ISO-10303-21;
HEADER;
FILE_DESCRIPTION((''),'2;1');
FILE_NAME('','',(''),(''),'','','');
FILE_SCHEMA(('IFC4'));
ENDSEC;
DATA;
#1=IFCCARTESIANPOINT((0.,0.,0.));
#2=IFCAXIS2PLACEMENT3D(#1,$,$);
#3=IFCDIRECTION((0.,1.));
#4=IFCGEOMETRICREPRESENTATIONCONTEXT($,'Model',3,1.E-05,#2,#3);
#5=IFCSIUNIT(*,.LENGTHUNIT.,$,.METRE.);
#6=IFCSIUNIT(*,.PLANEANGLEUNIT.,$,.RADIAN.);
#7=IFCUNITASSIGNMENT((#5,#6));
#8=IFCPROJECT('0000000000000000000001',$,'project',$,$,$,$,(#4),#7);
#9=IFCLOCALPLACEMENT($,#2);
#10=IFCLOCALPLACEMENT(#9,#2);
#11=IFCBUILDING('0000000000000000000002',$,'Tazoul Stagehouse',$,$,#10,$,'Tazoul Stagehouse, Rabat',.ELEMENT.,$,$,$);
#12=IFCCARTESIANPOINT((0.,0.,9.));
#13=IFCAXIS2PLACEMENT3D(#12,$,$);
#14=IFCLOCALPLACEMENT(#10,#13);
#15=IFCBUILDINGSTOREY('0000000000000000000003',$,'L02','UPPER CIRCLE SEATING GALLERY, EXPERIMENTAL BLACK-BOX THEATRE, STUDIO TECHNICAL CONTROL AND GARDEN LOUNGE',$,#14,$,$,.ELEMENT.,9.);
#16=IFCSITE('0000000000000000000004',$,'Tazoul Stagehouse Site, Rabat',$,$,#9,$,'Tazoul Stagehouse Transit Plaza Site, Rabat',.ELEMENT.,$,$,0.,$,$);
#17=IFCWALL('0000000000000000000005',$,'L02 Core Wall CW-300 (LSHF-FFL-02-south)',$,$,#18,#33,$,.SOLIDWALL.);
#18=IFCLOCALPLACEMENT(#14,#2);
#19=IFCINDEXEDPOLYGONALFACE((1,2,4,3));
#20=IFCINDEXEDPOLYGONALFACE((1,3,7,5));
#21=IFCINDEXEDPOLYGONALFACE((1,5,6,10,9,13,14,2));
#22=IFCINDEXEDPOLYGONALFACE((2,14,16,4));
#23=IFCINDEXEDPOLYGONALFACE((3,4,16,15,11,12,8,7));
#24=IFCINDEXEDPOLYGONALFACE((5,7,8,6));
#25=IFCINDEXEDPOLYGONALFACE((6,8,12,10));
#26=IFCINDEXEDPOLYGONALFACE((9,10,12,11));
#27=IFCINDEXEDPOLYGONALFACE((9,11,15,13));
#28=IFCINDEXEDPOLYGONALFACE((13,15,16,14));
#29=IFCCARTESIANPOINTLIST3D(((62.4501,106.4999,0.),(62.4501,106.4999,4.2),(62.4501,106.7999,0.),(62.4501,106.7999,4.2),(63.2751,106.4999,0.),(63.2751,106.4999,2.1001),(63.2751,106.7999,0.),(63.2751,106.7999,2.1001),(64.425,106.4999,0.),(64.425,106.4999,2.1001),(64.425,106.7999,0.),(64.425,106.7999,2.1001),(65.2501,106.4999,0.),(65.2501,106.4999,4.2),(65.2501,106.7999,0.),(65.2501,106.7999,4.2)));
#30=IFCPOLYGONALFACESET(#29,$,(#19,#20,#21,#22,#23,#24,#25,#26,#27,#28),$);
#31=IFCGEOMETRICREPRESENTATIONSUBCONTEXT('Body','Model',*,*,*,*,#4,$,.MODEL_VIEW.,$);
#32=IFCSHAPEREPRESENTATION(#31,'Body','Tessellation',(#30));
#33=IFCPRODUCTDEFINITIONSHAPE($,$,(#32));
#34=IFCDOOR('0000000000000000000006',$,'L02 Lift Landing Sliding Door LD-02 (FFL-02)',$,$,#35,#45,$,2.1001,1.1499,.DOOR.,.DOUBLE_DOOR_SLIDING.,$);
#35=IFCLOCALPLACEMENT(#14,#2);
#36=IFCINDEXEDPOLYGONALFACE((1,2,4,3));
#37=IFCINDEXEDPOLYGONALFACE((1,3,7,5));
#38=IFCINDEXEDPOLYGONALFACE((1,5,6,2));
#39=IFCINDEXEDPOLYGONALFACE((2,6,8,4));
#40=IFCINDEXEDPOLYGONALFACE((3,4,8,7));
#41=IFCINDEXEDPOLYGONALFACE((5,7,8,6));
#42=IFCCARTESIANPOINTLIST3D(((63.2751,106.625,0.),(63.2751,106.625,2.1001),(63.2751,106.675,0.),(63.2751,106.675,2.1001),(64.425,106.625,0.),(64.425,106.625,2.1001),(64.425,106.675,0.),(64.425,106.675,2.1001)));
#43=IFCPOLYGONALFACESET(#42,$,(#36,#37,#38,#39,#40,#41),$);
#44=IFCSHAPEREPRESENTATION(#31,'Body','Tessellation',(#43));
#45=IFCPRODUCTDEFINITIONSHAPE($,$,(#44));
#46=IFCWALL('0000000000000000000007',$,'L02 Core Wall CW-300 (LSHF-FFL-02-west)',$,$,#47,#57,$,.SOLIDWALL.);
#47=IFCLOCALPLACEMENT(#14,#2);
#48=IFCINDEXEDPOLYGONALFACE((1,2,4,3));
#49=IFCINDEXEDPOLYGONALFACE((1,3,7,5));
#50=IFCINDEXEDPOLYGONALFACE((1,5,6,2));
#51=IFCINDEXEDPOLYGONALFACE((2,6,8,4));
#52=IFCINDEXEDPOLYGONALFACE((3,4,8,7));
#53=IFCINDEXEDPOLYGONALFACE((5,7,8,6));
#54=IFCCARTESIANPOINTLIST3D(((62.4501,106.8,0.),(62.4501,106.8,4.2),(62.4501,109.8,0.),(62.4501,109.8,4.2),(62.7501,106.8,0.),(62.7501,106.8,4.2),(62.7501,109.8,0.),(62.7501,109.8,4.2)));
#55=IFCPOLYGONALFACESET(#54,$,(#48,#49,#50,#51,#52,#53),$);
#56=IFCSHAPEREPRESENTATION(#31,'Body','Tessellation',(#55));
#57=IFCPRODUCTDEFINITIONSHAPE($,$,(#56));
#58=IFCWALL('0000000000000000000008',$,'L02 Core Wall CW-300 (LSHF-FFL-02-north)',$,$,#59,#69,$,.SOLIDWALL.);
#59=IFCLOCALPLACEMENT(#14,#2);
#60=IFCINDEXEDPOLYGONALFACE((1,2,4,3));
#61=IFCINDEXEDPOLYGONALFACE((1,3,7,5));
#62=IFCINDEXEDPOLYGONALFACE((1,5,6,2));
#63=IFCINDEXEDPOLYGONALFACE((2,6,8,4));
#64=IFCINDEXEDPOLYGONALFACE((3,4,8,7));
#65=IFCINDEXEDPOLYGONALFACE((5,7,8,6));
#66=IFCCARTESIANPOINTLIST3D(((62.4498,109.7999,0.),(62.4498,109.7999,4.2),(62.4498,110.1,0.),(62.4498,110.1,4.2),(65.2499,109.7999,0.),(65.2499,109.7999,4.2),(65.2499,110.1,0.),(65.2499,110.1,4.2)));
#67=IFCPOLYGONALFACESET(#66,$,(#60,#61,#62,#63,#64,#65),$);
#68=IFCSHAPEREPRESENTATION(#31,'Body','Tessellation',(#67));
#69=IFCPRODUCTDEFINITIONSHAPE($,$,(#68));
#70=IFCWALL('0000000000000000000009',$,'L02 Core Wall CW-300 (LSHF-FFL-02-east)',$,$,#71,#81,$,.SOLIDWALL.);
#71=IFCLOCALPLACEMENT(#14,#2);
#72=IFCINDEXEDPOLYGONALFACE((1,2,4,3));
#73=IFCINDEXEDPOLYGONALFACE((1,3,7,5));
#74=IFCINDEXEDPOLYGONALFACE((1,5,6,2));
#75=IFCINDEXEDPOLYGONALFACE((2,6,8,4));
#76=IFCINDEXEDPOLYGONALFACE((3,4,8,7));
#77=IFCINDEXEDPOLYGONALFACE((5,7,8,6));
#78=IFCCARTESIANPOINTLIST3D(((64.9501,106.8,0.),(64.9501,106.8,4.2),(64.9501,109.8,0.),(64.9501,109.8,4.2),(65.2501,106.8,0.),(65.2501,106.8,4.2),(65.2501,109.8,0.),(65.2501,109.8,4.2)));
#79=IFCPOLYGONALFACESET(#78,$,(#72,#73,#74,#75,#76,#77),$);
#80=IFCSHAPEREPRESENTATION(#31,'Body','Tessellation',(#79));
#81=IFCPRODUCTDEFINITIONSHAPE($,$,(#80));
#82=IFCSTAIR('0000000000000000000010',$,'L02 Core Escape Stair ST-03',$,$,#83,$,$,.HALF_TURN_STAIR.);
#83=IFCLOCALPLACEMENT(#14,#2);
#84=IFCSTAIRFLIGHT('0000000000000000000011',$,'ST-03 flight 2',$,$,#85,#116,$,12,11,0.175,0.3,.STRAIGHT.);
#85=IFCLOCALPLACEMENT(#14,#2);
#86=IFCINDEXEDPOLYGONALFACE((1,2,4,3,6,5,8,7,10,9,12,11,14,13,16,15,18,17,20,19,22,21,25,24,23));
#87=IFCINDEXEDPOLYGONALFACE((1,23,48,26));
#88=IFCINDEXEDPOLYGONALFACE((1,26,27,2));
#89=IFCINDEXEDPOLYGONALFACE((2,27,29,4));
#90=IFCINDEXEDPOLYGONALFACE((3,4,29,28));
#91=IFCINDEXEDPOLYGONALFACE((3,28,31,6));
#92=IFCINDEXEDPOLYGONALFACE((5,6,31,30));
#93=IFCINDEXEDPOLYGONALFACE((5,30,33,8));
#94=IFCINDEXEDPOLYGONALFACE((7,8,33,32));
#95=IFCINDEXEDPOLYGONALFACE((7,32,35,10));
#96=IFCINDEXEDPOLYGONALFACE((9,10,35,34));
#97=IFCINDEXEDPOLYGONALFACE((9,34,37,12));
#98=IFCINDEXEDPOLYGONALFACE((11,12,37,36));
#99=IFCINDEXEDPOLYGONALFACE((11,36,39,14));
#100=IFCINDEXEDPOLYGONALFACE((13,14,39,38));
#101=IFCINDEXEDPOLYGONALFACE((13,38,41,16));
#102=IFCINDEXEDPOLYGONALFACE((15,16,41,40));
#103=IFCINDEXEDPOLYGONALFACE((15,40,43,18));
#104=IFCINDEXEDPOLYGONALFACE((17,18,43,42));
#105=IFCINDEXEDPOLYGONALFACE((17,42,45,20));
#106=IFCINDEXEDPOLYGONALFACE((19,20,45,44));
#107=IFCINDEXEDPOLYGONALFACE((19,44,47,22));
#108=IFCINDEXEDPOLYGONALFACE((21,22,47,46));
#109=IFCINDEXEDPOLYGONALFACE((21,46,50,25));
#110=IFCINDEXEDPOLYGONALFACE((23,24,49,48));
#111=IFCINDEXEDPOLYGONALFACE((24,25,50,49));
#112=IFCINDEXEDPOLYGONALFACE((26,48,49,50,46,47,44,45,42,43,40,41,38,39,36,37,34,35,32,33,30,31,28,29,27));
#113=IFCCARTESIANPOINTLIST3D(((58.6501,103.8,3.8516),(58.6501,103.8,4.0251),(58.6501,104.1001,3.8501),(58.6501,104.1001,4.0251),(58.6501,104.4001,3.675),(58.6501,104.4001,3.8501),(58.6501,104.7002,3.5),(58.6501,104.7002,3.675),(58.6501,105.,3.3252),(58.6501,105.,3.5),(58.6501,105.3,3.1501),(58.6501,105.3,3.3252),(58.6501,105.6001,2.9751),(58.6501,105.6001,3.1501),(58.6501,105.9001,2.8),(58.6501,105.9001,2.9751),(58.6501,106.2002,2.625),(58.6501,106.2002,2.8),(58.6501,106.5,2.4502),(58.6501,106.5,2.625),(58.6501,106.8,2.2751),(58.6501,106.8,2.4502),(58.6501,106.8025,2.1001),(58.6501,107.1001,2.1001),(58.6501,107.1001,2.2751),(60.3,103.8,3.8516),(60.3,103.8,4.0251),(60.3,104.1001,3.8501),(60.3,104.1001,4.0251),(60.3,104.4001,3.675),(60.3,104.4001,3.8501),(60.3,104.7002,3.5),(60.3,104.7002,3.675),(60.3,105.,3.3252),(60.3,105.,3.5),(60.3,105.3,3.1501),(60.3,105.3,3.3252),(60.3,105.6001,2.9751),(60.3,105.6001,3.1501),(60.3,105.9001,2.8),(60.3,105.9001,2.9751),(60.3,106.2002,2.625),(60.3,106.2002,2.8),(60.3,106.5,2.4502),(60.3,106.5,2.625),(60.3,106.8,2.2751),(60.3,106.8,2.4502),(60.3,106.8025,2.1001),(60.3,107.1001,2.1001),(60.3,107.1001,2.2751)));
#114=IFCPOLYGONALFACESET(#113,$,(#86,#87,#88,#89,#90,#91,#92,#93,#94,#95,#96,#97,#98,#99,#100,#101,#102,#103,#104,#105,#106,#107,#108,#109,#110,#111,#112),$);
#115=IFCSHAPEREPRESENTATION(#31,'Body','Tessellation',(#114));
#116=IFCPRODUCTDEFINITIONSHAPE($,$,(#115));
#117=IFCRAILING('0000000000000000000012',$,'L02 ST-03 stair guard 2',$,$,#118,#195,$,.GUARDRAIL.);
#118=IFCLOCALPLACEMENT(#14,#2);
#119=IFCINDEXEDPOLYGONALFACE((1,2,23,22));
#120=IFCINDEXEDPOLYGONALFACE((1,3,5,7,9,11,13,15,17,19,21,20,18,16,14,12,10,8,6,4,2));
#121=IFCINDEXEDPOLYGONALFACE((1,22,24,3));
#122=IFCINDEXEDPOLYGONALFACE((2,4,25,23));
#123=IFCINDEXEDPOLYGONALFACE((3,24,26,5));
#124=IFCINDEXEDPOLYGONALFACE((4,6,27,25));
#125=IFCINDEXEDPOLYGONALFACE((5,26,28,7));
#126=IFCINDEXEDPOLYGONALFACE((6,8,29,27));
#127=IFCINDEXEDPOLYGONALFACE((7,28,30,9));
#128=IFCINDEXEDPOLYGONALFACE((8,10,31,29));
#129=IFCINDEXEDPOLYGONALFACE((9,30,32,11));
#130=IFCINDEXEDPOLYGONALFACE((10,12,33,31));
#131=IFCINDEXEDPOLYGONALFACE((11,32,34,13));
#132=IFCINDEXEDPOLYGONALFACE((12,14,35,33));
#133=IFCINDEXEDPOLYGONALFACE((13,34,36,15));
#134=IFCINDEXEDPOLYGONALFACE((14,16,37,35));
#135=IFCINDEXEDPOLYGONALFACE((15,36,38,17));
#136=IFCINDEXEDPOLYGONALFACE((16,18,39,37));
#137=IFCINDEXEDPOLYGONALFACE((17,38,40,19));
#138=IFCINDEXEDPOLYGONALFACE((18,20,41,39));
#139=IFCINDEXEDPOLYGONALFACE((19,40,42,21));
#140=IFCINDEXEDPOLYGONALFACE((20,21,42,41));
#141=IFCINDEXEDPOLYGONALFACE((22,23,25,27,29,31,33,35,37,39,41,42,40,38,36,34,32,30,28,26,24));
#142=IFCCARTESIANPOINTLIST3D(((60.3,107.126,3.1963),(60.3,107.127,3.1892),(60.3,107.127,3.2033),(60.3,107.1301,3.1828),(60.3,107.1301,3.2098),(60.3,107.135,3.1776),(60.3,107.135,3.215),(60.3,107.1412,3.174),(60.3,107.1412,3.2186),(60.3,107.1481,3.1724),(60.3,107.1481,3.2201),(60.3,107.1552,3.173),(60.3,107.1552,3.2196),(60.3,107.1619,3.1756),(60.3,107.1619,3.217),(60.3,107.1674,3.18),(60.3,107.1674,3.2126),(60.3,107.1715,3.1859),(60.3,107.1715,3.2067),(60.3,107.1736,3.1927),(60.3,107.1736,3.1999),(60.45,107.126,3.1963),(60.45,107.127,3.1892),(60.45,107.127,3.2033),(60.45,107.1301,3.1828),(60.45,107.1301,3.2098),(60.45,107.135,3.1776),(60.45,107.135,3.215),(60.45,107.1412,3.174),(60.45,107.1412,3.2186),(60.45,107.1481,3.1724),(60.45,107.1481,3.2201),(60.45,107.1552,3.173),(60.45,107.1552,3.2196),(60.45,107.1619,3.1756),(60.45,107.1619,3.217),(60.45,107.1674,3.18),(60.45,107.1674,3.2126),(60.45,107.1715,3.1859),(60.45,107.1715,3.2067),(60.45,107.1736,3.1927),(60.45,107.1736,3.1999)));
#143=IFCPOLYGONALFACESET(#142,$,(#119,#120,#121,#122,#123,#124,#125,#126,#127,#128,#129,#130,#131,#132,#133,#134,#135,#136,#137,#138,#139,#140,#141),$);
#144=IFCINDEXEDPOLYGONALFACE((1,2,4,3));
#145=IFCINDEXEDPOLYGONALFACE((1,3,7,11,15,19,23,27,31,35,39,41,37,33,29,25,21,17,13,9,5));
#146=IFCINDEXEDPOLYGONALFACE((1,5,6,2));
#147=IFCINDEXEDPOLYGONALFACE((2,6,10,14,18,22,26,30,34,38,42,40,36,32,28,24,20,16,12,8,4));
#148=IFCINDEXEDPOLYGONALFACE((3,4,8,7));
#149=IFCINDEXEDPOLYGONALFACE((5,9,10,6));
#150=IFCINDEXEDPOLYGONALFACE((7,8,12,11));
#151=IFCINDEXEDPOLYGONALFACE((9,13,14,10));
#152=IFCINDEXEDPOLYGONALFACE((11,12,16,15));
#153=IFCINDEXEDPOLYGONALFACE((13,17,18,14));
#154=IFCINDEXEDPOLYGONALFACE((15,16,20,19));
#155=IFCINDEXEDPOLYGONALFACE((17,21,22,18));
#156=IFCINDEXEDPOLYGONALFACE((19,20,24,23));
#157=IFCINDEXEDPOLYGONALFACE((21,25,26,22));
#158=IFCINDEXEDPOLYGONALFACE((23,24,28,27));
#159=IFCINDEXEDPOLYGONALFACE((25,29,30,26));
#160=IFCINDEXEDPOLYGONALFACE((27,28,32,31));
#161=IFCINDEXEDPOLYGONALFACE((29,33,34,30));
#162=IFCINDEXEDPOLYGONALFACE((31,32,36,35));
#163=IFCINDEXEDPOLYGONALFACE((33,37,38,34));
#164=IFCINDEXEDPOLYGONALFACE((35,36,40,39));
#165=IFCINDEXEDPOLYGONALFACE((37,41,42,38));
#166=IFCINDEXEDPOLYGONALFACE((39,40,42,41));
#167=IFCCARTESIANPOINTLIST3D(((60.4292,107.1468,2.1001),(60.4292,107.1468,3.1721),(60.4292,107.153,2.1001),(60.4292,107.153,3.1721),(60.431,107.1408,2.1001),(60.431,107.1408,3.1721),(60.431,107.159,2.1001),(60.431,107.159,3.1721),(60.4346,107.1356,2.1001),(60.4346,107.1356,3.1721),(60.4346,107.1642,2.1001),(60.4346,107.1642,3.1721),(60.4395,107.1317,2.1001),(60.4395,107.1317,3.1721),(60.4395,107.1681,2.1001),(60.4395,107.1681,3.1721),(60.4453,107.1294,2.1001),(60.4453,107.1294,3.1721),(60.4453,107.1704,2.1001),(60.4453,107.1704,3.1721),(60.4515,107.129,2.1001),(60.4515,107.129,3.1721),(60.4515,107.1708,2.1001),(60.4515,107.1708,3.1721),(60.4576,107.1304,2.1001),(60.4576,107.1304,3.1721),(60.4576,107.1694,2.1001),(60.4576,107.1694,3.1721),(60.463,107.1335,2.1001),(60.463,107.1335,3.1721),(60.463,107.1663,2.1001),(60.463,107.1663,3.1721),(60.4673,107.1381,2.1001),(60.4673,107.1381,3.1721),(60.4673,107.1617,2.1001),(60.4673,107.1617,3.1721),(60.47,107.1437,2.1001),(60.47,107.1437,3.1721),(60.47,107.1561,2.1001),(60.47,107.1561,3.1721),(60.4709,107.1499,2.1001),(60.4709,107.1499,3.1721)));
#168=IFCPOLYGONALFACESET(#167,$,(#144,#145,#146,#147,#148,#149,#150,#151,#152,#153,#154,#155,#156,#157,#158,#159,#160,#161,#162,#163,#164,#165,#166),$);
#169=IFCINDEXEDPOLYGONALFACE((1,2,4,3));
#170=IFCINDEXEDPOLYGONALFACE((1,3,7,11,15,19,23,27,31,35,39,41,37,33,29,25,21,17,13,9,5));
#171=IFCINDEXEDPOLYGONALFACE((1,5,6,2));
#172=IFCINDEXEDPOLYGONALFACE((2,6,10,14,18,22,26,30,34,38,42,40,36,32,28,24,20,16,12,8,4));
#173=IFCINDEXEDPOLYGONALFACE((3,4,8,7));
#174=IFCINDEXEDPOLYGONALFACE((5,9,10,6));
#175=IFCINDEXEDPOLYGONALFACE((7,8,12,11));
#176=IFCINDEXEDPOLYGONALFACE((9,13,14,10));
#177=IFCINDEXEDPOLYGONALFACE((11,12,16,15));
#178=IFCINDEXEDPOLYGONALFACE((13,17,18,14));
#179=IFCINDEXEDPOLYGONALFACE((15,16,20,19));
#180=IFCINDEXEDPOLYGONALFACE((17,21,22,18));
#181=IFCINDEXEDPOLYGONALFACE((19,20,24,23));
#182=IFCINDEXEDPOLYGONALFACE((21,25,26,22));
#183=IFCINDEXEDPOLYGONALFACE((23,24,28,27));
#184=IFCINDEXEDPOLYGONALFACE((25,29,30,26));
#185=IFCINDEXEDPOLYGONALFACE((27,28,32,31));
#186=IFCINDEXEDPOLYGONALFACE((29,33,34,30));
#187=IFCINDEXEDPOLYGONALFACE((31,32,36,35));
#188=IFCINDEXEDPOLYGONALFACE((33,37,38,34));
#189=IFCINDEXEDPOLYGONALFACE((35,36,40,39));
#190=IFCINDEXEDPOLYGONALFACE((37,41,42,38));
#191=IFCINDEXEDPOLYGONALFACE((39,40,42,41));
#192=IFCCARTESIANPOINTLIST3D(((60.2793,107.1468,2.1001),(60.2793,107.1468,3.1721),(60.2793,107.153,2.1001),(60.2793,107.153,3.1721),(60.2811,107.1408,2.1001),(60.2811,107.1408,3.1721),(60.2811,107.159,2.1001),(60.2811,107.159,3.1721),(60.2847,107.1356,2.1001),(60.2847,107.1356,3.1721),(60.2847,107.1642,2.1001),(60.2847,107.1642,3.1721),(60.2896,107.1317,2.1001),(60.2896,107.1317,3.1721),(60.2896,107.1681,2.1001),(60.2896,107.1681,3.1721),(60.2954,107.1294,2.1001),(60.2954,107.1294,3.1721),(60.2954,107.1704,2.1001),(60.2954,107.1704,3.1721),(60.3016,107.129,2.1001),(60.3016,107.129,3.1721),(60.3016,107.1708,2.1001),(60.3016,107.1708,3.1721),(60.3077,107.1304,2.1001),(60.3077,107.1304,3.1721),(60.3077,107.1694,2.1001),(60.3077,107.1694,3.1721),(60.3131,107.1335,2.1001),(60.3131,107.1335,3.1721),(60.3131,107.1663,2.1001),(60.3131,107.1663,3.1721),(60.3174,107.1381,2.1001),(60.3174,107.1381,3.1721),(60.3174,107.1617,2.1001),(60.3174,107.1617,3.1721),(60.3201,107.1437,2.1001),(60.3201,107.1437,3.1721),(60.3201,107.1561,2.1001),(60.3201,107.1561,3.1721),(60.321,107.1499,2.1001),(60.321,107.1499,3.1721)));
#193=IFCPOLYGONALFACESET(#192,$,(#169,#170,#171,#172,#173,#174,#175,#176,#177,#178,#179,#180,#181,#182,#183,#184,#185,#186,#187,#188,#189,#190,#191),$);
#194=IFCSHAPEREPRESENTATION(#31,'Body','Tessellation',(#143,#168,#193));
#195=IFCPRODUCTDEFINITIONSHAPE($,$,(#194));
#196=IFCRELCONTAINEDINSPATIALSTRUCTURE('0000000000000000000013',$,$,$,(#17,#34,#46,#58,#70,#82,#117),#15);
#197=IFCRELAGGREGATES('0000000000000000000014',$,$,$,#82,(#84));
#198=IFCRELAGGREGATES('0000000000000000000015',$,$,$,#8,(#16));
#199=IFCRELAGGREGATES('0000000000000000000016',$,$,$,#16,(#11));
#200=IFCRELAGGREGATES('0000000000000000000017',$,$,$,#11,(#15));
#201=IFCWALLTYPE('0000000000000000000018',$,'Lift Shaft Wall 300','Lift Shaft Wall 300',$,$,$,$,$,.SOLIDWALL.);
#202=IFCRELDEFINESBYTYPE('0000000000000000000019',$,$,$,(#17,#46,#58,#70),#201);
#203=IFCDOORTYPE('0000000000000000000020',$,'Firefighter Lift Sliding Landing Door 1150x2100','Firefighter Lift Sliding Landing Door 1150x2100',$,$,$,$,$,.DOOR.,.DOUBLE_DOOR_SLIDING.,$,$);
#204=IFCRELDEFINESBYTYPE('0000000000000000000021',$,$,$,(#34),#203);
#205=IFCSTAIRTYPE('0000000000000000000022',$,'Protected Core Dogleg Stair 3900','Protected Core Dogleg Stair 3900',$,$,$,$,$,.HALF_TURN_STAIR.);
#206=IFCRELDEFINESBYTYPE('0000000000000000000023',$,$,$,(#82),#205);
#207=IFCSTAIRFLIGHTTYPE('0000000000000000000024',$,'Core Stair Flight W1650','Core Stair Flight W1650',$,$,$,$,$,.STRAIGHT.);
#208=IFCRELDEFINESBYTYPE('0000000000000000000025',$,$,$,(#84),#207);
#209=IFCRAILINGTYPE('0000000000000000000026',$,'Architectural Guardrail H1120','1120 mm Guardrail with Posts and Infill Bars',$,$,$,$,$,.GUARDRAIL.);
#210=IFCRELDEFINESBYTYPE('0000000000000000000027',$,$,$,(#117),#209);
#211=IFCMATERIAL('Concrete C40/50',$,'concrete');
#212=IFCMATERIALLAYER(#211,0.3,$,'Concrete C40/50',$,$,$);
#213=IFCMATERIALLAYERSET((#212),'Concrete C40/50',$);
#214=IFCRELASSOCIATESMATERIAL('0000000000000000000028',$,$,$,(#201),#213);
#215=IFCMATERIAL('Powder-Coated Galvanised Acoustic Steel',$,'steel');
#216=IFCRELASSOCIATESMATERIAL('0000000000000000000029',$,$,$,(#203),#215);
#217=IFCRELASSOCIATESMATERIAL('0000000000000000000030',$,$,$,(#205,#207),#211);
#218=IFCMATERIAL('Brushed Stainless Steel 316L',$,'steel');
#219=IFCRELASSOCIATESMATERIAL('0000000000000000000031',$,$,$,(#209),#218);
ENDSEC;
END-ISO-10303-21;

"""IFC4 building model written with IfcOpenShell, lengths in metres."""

from ifc_helpers import new_model, si_unit, direction, frame, frame_2d, origin, origin_2d, place, context, subcontext, project, spatial, polyline, rectangle, circle, outline, extrude, material, layer, layer_set, material_profile, profile_set, type_object, element, fill, aggregate, save


model = new_model("IFC4")

# Units and contexts
model_context = context("Model", 3, precision=1e-05, world=origin(), true_north=direction((0.0, 1.0)))
body_context = subcontext(model_context, "Body", "Model", "MODEL_VIEW")
ifc_project = project(units=[si_unit("LENGTHUNIT", "METRE"), si_unit("PLANEANGLEUNIT", "RADIAN")], contexts=[model_context])

# Site, building, storey
site_placement = place(None, origin())
site = spatial("IfcSite", under=ifc_project, at=site_placement, Name="Tazoul Stagehouse Site, Rabat", LongName="Tazoul Stagehouse Transit Plaza Site, Rabat", CompositionType="ELEMENT", RefElevation=0.0)
building_placement = place(site_placement, origin())
building = spatial("IfcBuilding", under=site, at=building_placement, Name="Tazoul Stagehouse", LongName="Tazoul Stagehouse, Rabat", CompositionType="ELEMENT")
storey_placement = place(building_placement, frame((0.0, 0.0, 9.0)))
storey = spatial("IfcBuildingStorey", under=building, at=storey_placement, Name="L02", Description="UPPER CIRCLE SEATING GALLERY, EXPERIMENTAL BLACK-BOX THEATRE, STUDIO TECHNICAL CONTROL AND GARDEN LOUNGE", CompositionType="ELEMENT", Elevation=9.0)

# Shared definitions
ifc_material_1 = material(Name="Concrete C40/50", Category="concrete")

# Shared definitions
ifc_material_2 = material(Name="Powder-Coated Galvanised Acoustic Steel", Category="steel")

# Wall, opening, door
ifc_layer_1 = layer(ifc_material_1, 0.3, Name="Concrete C40/50")
ifc_layer_set_1 = layer_set([ifc_layer_1], Name="Concrete C40/50")
wall_type_1 = type_object("IfcWallType", Name="Lift Shaft Wall 300", Description="Lift Shaft Wall 300", PredefinedType="SOLIDWALL", material=ifc_layer_set_1)
wall_1_placement = place(storey_placement, frame((65.25, 106.6499, 0.0), z_axis=(0.0, 0.0, 1.0), x_axis=(-1.0, 0.0, 0.0)))
wall_1 = element("IfcWall", 1, at=wall_1_placement, inside=storey, type_object=wall_type_1, Name="L02 Core Wall CW-300 (LSHF-FFL-02-south)", PredefinedType="SOLIDWALL", context=body_context, shape_type="SweptSolid", body=[
    extrude(rectangle(XDim=2.8, YDim=0.3, at=frame_2d((1.3999, 0.0))), origin(), (0.0, 0.0, 1.0), 4.2),
])
opening_1_placement = place(wall_1_placement, frame((0.825, 0.0, 0.0)))
opening_1 = element("IfcOpeningElement", 2, at=opening_1_placement, cuts=wall_1, PredefinedType="OPENING", context=body_context, shape_type="SweptSolid", body=[
    extrude(rectangle(XDim=1.1499, YDim=2.1001, at=frame_2d((0.575, 1.05))), frame((0.0, 0.1699, 0.0), z_axis=(0.0, -1.0, 0.0), x_axis=(1.0, 0.0, 0.0)), (0.0, 0.0, 1.0), 0.3401),
])
door_type_1 = type_object("IfcDoorType", Name="Firefighter Lift Sliding Landing Door 1150x2100", Description="Firefighter Lift Sliding Landing Door 1150x2100", OperationType="DOUBLE_DOOR_SLIDING", PredefinedType="DOOR", material=ifc_material_2)
door_1_placement = place(opening_1_placement, origin())
door_1 = element("IfcDoor", 3, at=door_1_placement, inside=storey, type_object=door_type_1, Name="L02 Lift Landing Sliding Door LD-02 (FFL-02)", OperationType="DOUBLE_DOOR_SLIDING", OverallHeight=2.1001, OverallWidth=1.1499, PredefinedType="DOOR", context=body_context, shape_type="SweptSolid", body=[
    extrude(rectangle(XDim=1.1499, YDim=2.1001, at=frame_2d((0.575, 1.05))), frame((0.0, 0.0249, 0.0), z_axis=(0.0, -1.0, 0.0), x_axis=(1.0, 0.0, 0.0)), (0.0, 0.0, 1.0), 0.05),
])
fill(opening_1, door_1)

# Walls
wall_2_placement = place(storey_placement, frame((62.6001, 106.8, 0.0), z_axis=(0.0, 0.0, 1.0), x_axis=(0.0, 1.0, 0.0)))
element("IfcWall", 4, at=wall_2_placement, inside=storey, type_object=wall_type_1, Name="L02 Core Wall CW-300 (LSHF-FFL-02-west)", PredefinedType="SOLIDWALL", context=body_context, shape_type="SweptSolid", body=[
    extrude(rectangle(XDim=3.0, YDim=0.3, at=frame_2d((1.5, 0.0))), origin(), (0.0, 0.0, 1.0), 4.2),
])
wall_3_placement = place(storey_placement, frame((62.45, 109.95, 0.0), z_axis=(0.0, 0.0, 1.0), x_axis=(1.0, 0.0, 0.0)))
element("IfcWall", 5, at=wall_3_placement, inside=storey, type_object=wall_type_1, Name="L02 Core Wall CW-300 (LSHF-FFL-02-north)", PredefinedType="SOLIDWALL", context=body_context, shape_type="SweptSolid", body=[
    extrude(rectangle(XDim=2.8, YDim=0.3, at=frame_2d((1.3999, 0.0))), origin(), (0.0, 0.0, 1.0), 4.2),
])
wall_4_placement = place(storey_placement, frame((65.1001, 109.8, 0.0), z_axis=(0.0, 0.0, 1.0), x_axis=(0.0, -1.0, 0.0)))
element("IfcWall", 6, at=wall_4_placement, inside=storey, type_object=wall_type_1, Name="L02 Core Wall CW-300 (LSHF-FFL-02-east)", PredefinedType="SOLIDWALL", context=body_context, shape_type="SweptSolid", body=[
    extrude(rectangle(XDim=3.0, YDim=0.3, at=frame_2d((1.5, 0.0))), origin(), (0.0, 0.0, 1.0), 4.2),
])

# Stair, stair flight
stair_type = type_object("IfcStairType", Name="Protected Core Dogleg Stair 3900", Description="Protected Core Dogleg Stair 3900", PredefinedType="HALF_TURN_STAIR", material=ifc_material_1)
stair_placement = place(storey_placement, origin())
stair = element("IfcStair", 7, at=stair_placement, inside=storey, type_object=stair_type, Name="L02 Core Escape Stair ST-03", PredefinedType="HALF_TURN_STAIR")
stair_flight_type = type_object("IfcStairFlightType", Name="Core Stair Flight W1650", Description="Core Stair Flight W1650", PredefinedType="STRAIGHT", material=ifc_material_1)
stair_flight_placement = place(storey_placement, frame((59.4751, 107.1001, 2.1001), z_axis=(0.0, 0.0, 1.0), x_axis=(0.0, -1.0, 0.0)))
stair_flight = element("IfcStairFlight", 8, at=stair_flight_placement, type_object=stair_flight_type, Name="ST-03 flight 2", NumberOfRisers=12, NumberOfTreads=11, PredefinedType="STRAIGHT", RiserHeight=0.175, TreadLength=0.3, context=body_context, shape_type="SweptSolid", body=[
    extrude(outline(polyline([(0.0, 0.0), (0.0, 0.175), (0.3, 0.175), (0.3, 0.3501), (0.6001, 0.3501), (0.6001, 0.5249), (0.8999, 0.5249), (0.8999, 0.7), (1.2, 0.7), (1.2, 0.875), (1.5, 0.875), (1.5, 1.05), (1.8, 1.05), (1.8, 1.2251), (2.1001, 1.2251), (2.1001, 1.3999), (2.3999, 1.3999), (2.3999, 1.575), (2.7, 1.575), (2.7, 1.75), (3.0, 1.75), (3.0, 1.925), (3.3, 1.925), (3.3, 2.1001), (3.3, 1.7515), (0.2976, 0.0), (0.0, 0.0)])), frame((0.0, 0.825, 0.0), z_axis=(0.0, -1.0, 0.0), x_axis=(1.0, 0.0, 0.0)), (0.0, 0.0, 1.0), 1.6499),
])
aggregate(stair, [stair_flight])

# Railing
ifc_material_3 = material(Name="Brushed Stainless Steel 316L", Category="steel")
ifc_material_profile_1 = material_profile(ifc_material_3, circle(Radius=0.0239, at=origin_2d()), Name="SS RAIL D48")
ifc_profile_set_1 = profile_set([ifc_material_profile_1], Name="Brushed Stainless Steel 316L")
railing_type_1 = type_object("IfcRailingType", Name="Architectural Guardrail H1120", Description="1120 mm Guardrail with Posts and Infill Bars", PredefinedType="GUARDRAIL", material=ifc_profile_set_1)
railing_1_placement = place(storey_placement, frame((60.45, 107.1499, 2.1001)))
element("IfcRailing", 9, at=railing_1_placement, inside=storey, type_object=railing_type_1, Name="L02 ST-03 stair guard 2", PredefinedType="GUARDRAIL", context=body_context, shape_type="SweptSolid", body=[
    extrude(circle(Radius=0.0239, at=origin_2d()), frame((0.0, 0.0, 1.0962), z_axis=(-1.0, 0.0, 0.0), x_axis=(0.0, -1.0, 0.0)), (0.0, 0.0, 1.0), 0.1499),
    extrude(circle(Radius=0.021, at=origin_2d()), origin(), (0.0, 0.0, 1.0), 1.072),
    extrude(circle(Radius=0.021, at=origin_2d()), frame((-0.1499, 0.0, 0.0)), (0.0, 0.0, 1.0), 1.072),
])

save(model, "model.ifc")
